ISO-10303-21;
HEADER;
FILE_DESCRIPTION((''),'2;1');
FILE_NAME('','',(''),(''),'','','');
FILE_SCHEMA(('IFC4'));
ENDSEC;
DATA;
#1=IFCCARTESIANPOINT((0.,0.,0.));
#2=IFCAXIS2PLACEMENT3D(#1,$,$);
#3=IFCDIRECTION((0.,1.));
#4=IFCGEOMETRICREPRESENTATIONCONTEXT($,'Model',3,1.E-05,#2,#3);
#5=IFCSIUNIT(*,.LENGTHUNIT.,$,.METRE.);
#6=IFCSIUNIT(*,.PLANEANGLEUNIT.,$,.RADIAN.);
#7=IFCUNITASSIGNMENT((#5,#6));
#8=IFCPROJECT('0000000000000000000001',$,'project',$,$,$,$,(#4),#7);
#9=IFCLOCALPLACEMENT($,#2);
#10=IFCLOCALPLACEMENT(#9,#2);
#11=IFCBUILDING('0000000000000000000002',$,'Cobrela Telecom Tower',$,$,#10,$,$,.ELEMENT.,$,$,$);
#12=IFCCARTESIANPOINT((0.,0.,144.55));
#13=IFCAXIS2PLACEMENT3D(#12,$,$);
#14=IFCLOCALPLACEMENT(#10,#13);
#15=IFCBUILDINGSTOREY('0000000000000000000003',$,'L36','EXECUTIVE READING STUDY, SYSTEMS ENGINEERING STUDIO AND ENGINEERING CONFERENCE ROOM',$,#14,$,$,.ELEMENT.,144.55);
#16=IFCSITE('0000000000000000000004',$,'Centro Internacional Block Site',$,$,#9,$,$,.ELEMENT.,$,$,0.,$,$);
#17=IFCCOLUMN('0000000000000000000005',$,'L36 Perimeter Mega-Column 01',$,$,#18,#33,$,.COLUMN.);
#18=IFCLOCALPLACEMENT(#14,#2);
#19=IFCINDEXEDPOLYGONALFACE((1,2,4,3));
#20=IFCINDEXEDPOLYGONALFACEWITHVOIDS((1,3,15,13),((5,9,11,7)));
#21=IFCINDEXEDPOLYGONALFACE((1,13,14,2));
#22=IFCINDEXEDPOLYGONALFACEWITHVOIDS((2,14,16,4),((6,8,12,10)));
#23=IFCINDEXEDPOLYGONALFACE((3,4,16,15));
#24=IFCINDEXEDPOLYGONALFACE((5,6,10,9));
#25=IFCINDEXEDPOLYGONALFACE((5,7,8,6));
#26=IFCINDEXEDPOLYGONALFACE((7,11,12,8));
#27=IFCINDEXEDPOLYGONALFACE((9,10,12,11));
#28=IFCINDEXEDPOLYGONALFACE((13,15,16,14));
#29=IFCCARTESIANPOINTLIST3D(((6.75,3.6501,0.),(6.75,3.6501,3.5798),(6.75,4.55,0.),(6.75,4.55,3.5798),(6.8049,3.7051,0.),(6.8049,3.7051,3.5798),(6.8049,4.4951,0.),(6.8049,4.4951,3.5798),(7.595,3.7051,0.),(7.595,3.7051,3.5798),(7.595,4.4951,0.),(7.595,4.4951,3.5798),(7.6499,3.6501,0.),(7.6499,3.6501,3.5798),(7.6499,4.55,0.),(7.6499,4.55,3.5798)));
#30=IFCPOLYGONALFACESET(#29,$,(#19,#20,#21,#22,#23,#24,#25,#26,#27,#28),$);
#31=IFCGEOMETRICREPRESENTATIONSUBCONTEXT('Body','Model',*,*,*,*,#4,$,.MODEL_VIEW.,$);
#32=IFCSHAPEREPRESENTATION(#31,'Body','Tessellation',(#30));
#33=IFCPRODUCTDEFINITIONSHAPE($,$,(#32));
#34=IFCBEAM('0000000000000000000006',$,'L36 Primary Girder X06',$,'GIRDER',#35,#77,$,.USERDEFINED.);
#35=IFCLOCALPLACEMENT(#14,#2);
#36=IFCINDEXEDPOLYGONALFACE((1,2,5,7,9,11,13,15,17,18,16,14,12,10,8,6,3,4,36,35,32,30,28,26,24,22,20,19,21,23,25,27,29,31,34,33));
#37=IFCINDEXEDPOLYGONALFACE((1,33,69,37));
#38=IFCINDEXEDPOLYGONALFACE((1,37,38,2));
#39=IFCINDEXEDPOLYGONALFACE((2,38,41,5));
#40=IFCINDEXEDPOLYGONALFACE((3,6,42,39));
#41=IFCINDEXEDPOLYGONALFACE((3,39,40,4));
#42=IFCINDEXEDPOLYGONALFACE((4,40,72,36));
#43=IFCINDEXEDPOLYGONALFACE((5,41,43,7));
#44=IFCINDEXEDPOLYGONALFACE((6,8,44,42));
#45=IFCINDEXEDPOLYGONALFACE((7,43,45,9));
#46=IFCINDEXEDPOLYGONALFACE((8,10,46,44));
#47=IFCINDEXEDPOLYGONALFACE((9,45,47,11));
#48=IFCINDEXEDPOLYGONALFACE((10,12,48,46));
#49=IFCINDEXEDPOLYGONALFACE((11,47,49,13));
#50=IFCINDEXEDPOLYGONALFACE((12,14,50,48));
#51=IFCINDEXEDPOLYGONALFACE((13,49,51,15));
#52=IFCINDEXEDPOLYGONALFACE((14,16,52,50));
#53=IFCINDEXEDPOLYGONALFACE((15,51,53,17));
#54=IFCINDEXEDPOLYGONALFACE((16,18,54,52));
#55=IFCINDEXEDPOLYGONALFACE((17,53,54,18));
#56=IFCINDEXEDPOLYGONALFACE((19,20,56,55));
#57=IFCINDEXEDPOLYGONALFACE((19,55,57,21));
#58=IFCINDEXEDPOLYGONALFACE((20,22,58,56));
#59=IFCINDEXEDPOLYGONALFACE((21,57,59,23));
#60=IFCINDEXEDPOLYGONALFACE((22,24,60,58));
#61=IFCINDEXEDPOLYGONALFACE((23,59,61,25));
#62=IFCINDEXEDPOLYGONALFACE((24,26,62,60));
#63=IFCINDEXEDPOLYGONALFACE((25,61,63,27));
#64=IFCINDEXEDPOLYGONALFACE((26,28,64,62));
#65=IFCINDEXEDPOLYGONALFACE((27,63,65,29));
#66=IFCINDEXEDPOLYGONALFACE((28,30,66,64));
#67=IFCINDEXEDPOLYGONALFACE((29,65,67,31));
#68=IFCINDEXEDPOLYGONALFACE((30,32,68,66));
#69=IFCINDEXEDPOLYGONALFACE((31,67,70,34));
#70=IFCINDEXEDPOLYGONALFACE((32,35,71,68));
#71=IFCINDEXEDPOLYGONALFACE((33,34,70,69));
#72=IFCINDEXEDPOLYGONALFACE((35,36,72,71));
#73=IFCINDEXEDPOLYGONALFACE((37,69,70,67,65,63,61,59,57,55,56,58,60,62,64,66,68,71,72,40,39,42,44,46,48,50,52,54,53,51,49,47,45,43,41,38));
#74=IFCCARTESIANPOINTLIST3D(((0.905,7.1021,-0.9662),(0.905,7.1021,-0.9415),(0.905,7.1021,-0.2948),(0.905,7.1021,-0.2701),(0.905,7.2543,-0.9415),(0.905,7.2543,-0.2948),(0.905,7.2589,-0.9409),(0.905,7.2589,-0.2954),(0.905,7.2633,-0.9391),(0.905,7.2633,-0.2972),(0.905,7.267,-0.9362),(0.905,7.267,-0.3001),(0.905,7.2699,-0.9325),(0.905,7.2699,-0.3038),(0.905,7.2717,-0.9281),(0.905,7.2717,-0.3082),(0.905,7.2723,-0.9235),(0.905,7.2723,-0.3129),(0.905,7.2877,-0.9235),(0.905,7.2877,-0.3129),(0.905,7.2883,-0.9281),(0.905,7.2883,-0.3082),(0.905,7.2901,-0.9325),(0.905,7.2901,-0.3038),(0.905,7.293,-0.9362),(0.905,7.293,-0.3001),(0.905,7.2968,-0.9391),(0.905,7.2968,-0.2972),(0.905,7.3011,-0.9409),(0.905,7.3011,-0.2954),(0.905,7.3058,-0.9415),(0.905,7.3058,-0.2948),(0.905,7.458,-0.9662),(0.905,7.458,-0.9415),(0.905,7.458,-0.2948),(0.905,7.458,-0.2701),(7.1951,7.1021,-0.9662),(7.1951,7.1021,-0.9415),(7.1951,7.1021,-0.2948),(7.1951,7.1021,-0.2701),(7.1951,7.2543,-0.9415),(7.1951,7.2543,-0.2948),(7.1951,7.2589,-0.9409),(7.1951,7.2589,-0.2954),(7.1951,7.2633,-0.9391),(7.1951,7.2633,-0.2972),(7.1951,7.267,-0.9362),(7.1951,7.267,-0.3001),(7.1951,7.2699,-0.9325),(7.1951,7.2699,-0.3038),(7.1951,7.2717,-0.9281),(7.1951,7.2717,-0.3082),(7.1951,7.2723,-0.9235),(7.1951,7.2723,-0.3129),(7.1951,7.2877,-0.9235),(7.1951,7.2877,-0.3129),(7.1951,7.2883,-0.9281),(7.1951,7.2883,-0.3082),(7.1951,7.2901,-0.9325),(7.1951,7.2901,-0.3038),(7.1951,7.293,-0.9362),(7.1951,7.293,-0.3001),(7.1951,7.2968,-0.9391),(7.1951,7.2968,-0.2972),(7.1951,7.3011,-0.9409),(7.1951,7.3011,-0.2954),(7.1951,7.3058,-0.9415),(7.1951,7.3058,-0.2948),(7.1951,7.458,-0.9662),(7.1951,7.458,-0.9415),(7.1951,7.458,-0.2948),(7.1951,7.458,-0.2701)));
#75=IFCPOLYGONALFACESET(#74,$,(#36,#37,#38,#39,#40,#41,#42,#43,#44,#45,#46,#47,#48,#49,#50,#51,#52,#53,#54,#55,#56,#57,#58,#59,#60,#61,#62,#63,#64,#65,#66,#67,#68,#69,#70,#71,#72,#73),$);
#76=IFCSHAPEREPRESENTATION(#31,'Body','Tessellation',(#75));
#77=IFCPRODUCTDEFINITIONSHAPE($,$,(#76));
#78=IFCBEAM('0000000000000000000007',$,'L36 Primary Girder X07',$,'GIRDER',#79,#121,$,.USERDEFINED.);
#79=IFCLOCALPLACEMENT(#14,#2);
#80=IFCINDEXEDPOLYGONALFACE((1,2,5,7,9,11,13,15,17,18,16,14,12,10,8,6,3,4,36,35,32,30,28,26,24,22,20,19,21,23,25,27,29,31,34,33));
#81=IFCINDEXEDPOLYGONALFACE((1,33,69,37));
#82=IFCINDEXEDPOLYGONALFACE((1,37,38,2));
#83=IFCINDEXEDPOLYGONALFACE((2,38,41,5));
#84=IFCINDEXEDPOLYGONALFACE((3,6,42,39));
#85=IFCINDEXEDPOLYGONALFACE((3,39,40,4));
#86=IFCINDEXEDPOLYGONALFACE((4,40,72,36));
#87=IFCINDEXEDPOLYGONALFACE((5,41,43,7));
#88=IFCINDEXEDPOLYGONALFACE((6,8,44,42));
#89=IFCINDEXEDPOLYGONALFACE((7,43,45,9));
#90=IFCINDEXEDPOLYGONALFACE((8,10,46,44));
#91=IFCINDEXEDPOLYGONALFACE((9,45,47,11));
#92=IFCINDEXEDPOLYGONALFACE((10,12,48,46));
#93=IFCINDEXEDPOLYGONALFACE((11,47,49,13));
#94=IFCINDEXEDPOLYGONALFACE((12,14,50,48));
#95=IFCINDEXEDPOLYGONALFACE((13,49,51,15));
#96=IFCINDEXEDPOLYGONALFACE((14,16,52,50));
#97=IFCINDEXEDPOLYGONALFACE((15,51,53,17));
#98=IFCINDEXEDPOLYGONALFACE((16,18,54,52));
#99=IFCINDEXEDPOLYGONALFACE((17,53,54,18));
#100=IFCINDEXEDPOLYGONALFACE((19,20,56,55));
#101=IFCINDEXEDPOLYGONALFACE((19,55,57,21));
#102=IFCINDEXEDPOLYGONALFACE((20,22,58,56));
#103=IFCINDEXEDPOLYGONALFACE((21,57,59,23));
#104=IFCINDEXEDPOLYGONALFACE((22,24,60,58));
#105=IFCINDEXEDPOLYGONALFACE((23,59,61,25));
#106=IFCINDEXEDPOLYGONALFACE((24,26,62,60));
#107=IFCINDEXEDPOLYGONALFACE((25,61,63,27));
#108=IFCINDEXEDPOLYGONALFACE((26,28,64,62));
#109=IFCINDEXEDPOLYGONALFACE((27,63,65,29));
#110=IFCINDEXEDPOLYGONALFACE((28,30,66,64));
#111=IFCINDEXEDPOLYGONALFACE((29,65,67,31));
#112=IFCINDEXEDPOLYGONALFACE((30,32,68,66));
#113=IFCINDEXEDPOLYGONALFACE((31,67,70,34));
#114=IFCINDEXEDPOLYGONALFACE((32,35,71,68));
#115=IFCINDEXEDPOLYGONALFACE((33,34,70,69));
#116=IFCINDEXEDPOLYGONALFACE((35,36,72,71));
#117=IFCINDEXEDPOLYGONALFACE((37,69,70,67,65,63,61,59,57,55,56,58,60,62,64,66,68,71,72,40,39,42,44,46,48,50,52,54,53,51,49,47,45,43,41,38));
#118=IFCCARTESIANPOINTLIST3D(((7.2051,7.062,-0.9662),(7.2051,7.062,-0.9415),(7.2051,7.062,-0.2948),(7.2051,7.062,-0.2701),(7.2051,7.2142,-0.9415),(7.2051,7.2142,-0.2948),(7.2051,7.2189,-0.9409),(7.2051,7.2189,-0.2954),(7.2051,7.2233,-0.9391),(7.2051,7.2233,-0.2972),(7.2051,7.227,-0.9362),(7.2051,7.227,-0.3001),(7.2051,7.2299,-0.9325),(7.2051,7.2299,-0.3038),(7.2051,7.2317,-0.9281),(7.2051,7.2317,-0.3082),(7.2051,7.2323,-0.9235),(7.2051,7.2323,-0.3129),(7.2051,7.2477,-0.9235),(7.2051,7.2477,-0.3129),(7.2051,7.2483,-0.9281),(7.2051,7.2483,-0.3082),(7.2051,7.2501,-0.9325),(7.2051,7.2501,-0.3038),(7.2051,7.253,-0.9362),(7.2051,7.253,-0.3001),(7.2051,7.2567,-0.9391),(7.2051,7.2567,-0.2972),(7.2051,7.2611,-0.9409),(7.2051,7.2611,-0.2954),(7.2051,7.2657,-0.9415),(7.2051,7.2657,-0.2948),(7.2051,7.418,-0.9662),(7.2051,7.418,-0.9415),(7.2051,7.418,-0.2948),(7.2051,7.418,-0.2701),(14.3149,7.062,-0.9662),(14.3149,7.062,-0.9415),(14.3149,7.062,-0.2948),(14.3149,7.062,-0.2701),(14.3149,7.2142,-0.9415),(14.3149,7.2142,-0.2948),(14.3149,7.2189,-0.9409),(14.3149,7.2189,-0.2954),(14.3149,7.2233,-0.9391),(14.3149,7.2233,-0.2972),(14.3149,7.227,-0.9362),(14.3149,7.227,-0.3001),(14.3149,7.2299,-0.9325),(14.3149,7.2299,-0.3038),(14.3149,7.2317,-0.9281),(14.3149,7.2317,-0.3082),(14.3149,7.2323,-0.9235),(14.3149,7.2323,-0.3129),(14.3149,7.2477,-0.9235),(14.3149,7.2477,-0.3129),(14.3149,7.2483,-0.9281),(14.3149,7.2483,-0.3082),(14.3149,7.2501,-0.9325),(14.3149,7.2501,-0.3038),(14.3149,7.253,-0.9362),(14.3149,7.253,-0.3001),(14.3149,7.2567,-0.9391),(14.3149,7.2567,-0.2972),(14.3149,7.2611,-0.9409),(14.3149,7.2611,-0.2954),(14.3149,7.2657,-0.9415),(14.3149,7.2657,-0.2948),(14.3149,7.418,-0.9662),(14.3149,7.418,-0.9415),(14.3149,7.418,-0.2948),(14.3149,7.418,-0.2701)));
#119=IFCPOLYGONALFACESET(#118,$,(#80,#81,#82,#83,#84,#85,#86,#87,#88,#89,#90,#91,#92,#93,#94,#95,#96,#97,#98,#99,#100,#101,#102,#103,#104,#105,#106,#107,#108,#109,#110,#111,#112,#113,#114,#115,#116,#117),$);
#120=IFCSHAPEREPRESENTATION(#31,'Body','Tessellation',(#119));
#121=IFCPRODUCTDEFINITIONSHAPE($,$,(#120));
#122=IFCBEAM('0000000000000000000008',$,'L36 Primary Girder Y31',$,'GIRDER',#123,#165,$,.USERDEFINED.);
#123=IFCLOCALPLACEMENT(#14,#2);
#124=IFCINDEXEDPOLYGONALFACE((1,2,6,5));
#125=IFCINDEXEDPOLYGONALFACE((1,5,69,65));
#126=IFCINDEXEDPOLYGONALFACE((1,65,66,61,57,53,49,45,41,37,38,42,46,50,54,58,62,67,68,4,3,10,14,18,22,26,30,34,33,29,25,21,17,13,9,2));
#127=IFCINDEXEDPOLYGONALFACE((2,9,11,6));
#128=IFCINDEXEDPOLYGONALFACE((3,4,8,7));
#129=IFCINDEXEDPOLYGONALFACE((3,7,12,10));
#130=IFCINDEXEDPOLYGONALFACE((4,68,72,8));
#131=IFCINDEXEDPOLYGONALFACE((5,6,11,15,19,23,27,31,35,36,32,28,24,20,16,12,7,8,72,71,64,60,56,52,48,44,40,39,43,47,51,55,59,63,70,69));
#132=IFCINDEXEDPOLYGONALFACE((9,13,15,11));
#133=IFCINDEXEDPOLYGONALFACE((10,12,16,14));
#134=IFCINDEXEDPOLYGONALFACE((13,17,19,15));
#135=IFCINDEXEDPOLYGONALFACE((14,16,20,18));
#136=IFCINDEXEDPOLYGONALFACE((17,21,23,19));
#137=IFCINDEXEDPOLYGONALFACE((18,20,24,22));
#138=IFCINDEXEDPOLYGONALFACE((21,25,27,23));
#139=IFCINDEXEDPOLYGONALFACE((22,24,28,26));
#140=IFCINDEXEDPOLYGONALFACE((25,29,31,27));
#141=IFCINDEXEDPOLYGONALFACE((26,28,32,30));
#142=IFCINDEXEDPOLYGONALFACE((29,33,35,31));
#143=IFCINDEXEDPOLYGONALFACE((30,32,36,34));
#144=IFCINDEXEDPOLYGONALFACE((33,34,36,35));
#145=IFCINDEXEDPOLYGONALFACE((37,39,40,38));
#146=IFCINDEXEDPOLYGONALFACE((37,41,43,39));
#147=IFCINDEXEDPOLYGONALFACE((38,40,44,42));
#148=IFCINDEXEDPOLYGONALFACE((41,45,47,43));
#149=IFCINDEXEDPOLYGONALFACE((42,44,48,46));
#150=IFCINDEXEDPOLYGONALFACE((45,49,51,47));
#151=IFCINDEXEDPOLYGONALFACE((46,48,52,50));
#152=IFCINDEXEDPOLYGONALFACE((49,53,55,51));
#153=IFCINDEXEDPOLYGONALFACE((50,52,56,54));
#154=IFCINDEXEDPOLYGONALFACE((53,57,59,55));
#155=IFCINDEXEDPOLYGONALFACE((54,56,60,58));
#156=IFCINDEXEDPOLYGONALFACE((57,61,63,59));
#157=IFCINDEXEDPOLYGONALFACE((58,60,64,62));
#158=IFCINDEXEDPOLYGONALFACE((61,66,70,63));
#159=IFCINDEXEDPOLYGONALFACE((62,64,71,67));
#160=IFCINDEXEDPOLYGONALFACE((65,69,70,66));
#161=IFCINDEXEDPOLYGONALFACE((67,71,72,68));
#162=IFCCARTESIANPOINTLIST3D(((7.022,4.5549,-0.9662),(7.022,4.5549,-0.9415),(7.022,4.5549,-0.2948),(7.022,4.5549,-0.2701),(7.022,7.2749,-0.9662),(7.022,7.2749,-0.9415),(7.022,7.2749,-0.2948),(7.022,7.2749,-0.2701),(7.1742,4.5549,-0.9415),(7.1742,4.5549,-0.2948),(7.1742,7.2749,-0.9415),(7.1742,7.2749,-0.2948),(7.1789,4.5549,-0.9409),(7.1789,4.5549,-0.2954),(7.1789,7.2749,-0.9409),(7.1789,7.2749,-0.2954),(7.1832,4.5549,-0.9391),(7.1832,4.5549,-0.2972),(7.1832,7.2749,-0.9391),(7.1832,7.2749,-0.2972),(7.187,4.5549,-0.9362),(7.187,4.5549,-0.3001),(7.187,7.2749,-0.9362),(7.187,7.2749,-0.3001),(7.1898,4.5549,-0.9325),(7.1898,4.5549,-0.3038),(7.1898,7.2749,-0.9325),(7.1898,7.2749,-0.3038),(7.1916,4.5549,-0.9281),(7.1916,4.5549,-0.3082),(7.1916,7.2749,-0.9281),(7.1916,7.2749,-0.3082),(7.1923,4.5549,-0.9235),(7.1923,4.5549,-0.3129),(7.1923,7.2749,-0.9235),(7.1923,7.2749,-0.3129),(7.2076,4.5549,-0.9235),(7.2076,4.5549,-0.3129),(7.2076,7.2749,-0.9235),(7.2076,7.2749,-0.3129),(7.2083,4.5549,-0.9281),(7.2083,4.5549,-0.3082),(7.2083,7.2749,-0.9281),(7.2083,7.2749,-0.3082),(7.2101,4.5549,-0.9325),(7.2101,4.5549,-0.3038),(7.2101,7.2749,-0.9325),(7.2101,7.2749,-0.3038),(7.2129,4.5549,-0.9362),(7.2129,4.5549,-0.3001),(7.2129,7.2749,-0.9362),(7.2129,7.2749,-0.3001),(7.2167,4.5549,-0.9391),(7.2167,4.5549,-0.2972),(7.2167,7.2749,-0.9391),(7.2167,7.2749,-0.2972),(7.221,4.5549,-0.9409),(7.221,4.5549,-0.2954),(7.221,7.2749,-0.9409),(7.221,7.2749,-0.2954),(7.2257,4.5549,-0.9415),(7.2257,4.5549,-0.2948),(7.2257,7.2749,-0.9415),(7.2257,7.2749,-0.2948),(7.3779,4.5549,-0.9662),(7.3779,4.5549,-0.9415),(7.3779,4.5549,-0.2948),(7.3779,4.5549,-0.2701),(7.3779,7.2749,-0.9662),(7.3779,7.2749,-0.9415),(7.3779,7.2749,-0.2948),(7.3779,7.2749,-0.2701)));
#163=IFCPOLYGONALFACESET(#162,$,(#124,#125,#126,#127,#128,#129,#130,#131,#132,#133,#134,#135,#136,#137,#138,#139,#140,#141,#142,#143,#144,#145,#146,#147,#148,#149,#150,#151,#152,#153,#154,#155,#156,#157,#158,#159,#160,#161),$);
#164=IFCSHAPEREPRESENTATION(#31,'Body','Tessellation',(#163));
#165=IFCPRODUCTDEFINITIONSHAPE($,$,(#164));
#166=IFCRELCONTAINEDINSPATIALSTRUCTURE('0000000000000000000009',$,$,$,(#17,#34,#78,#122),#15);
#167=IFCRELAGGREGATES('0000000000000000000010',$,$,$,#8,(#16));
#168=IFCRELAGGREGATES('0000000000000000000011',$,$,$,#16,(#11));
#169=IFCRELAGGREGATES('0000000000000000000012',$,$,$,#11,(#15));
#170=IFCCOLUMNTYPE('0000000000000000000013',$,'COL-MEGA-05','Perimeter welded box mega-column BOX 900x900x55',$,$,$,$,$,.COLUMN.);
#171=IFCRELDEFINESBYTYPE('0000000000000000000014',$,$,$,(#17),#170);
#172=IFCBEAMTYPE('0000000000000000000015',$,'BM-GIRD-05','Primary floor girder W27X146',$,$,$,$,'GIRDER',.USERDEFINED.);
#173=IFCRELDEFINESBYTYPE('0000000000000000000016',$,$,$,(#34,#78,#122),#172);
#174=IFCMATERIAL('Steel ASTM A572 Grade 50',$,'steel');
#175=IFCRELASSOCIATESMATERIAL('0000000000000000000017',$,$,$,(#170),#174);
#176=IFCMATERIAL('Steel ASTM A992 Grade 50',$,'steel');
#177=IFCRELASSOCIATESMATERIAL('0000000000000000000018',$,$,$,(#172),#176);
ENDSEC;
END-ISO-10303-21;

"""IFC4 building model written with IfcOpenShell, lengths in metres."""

from ifc_helpers import new_model, si_unit, direction, frame, origin, origin_2d, place, context, subcontext, project, spatial, hollow_rectangle, i_section, extrude, material, material_profile, profile_set, type_object, element, save


model = new_model("IFC4")

# Units and contexts
model_context = context("Model", 3, precision=1e-05, world=origin(), true_north=direction((0.0, 1.0)))
body_context = subcontext(model_context, "Body", "Model", "MODEL_VIEW")
ifc_project = project(units=[si_unit("LENGTHUNIT", "METRE"), si_unit("PLANEANGLEUNIT", "RADIAN")], contexts=[model_context])

# Site, building, storey
site_placement = place(None, origin())
site = spatial("IfcSite", under=ifc_project, at=site_placement, Name="Centro Internacional Block Site", CompositionType="ELEMENT", RefElevation=0.0)
building_placement = place(site_placement, origin())
building = spatial("IfcBuilding", under=site, at=building_placement, Name="Cobrela Telecom Tower", CompositionType="ELEMENT")
storey_placement = place(building_placement, frame((0.0, 0.0, 144.55)))
storey = spatial("IfcBuildingStorey", under=building, at=storey_placement, Name="L36", Description="EXECUTIVE READING STUDY, SYSTEMS ENGINEERING STUDIO AND ENGINEERING CONFERENCE ROOM", CompositionType="ELEMENT", Elevation=144.55)

# Column
ifc_material_1 = material(Name="Steel ASTM A572 Grade 50", Category="steel")
ifc_material_profile_1 = material_profile(ifc_material_1, hollow_rectangle(XDim=0.8999, YDim=0.8999, WallThickness=0.0549, at=origin_2d()), Name="BOX 900x900x55")
ifc_profile_set_1 = profile_set([ifc_material_profile_1], Name="Steel ASTM A572 Grade 50")
column_type = type_object("IfcColumnType", Name="COL-MEGA-05", Description="Perimeter welded box mega-column BOX 900x900x55", PredefinedType="COLUMN", material=ifc_profile_set_1)
column_placement = place(storey_placement, frame((7.2, 4.1001, 0.0), z_axis=(0.0, 0.0, 1.0), x_axis=(1.0, 0.0, 0.0)))
element("IfcColumn", 1, at=column_placement, inside=storey, type_object=column_type, Name="L36 Perimeter Mega-Column 01", PredefinedType="COLUMN", context=body_context, shape_type="SweptSolid", body=[
    extrude(hollow_rectangle(XDim=0.8999, YDim=0.8999, WallThickness=0.0549, at=origin_2d()), origin(), (0.0, 0.0, 1.0), 3.5798),
])

# Beams
ifc_material_2 = material(Name="Steel ASTM A992 Grade 50", Category="steel")
ifc_material_profile_2 = material_profile(ifc_material_2, i_section(OverallWidth=0.356, OverallDepth=0.696, WebThickness=0.0154, FlangeThickness=0.0247, FilletRadius=0.0181, at=origin_2d()), Name="W27X146")
ifc_profile_set_2 = profile_set([ifc_material_profile_2], Name="Steel ASTM A992 Grade 50")
beam_type_1 = type_object("IfcBeamType", Name="BM-GIRD-05", Description="Primary floor girder W27X146", ElementType="GIRDER", PredefinedType="USERDEFINED", material=ifc_profile_set_2)
beam_1_placement = place(storey_placement, frame((0.905, 7.28, -0.6182), z_axis=(1.0, 0.0, 0.0), x_axis=(0.0, 1.0, 0.0)))
element("IfcBeam", 2, at=beam_1_placement, inside=storey, type_object=beam_type_1, Name="L36 Primary Girder X06", ObjectType="GIRDER", PredefinedType="USERDEFINED", context=body_context, shape_type="SweptSolid", body=[
    extrude(i_section(OverallWidth=0.356, OverallDepth=0.696, WebThickness=0.0154, FlangeThickness=0.0247, FilletRadius=0.0181, at=origin_2d()), origin(), (0.0, 0.0, 1.0), 6.29),
])
beam_2_placement = place(storey_placement, frame((7.2051, 7.24, -0.6182), z_axis=(1.0, 0.0, 0.0), x_axis=(0.0, 1.0, 0.0)))
element("IfcBeam", 3, at=beam_2_placement, inside=storey, type_object=beam_type_1, Name="L36 Primary Girder X07", ObjectType="GIRDER", PredefinedType="USERDEFINED", context=body_context, shape_type="SweptSolid", body=[
    extrude(i_section(OverallWidth=0.356, OverallDepth=0.696, WebThickness=0.0154, FlangeThickness=0.0247, FilletRadius=0.0181, at=origin_2d()), origin(), (0.0, 0.0, 1.0), 7.1099),
])
beam_3_placement = place(storey_placement, frame((7.2, 4.5549, -0.6182), z_axis=(0.0, 1.0, 0.0), x_axis=(-1.0, 0.0, 0.0)))
element("IfcBeam", 4, at=beam_3_placement, inside=storey, type_object=beam_type_1, Name="L36 Primary Girder Y31", ObjectType="GIRDER", PredefinedType="USERDEFINED", context=body_context, shape_type="SweptSolid", body=[
    extrude(i_section(OverallWidth=0.356, OverallDepth=0.696, WebThickness=0.0154, FlangeThickness=0.0247, FilletRadius=0.0181, at=origin_2d()), origin(), (0.0, 0.0, 1.0), 2.72),
])

save(model, "model.ifc")
